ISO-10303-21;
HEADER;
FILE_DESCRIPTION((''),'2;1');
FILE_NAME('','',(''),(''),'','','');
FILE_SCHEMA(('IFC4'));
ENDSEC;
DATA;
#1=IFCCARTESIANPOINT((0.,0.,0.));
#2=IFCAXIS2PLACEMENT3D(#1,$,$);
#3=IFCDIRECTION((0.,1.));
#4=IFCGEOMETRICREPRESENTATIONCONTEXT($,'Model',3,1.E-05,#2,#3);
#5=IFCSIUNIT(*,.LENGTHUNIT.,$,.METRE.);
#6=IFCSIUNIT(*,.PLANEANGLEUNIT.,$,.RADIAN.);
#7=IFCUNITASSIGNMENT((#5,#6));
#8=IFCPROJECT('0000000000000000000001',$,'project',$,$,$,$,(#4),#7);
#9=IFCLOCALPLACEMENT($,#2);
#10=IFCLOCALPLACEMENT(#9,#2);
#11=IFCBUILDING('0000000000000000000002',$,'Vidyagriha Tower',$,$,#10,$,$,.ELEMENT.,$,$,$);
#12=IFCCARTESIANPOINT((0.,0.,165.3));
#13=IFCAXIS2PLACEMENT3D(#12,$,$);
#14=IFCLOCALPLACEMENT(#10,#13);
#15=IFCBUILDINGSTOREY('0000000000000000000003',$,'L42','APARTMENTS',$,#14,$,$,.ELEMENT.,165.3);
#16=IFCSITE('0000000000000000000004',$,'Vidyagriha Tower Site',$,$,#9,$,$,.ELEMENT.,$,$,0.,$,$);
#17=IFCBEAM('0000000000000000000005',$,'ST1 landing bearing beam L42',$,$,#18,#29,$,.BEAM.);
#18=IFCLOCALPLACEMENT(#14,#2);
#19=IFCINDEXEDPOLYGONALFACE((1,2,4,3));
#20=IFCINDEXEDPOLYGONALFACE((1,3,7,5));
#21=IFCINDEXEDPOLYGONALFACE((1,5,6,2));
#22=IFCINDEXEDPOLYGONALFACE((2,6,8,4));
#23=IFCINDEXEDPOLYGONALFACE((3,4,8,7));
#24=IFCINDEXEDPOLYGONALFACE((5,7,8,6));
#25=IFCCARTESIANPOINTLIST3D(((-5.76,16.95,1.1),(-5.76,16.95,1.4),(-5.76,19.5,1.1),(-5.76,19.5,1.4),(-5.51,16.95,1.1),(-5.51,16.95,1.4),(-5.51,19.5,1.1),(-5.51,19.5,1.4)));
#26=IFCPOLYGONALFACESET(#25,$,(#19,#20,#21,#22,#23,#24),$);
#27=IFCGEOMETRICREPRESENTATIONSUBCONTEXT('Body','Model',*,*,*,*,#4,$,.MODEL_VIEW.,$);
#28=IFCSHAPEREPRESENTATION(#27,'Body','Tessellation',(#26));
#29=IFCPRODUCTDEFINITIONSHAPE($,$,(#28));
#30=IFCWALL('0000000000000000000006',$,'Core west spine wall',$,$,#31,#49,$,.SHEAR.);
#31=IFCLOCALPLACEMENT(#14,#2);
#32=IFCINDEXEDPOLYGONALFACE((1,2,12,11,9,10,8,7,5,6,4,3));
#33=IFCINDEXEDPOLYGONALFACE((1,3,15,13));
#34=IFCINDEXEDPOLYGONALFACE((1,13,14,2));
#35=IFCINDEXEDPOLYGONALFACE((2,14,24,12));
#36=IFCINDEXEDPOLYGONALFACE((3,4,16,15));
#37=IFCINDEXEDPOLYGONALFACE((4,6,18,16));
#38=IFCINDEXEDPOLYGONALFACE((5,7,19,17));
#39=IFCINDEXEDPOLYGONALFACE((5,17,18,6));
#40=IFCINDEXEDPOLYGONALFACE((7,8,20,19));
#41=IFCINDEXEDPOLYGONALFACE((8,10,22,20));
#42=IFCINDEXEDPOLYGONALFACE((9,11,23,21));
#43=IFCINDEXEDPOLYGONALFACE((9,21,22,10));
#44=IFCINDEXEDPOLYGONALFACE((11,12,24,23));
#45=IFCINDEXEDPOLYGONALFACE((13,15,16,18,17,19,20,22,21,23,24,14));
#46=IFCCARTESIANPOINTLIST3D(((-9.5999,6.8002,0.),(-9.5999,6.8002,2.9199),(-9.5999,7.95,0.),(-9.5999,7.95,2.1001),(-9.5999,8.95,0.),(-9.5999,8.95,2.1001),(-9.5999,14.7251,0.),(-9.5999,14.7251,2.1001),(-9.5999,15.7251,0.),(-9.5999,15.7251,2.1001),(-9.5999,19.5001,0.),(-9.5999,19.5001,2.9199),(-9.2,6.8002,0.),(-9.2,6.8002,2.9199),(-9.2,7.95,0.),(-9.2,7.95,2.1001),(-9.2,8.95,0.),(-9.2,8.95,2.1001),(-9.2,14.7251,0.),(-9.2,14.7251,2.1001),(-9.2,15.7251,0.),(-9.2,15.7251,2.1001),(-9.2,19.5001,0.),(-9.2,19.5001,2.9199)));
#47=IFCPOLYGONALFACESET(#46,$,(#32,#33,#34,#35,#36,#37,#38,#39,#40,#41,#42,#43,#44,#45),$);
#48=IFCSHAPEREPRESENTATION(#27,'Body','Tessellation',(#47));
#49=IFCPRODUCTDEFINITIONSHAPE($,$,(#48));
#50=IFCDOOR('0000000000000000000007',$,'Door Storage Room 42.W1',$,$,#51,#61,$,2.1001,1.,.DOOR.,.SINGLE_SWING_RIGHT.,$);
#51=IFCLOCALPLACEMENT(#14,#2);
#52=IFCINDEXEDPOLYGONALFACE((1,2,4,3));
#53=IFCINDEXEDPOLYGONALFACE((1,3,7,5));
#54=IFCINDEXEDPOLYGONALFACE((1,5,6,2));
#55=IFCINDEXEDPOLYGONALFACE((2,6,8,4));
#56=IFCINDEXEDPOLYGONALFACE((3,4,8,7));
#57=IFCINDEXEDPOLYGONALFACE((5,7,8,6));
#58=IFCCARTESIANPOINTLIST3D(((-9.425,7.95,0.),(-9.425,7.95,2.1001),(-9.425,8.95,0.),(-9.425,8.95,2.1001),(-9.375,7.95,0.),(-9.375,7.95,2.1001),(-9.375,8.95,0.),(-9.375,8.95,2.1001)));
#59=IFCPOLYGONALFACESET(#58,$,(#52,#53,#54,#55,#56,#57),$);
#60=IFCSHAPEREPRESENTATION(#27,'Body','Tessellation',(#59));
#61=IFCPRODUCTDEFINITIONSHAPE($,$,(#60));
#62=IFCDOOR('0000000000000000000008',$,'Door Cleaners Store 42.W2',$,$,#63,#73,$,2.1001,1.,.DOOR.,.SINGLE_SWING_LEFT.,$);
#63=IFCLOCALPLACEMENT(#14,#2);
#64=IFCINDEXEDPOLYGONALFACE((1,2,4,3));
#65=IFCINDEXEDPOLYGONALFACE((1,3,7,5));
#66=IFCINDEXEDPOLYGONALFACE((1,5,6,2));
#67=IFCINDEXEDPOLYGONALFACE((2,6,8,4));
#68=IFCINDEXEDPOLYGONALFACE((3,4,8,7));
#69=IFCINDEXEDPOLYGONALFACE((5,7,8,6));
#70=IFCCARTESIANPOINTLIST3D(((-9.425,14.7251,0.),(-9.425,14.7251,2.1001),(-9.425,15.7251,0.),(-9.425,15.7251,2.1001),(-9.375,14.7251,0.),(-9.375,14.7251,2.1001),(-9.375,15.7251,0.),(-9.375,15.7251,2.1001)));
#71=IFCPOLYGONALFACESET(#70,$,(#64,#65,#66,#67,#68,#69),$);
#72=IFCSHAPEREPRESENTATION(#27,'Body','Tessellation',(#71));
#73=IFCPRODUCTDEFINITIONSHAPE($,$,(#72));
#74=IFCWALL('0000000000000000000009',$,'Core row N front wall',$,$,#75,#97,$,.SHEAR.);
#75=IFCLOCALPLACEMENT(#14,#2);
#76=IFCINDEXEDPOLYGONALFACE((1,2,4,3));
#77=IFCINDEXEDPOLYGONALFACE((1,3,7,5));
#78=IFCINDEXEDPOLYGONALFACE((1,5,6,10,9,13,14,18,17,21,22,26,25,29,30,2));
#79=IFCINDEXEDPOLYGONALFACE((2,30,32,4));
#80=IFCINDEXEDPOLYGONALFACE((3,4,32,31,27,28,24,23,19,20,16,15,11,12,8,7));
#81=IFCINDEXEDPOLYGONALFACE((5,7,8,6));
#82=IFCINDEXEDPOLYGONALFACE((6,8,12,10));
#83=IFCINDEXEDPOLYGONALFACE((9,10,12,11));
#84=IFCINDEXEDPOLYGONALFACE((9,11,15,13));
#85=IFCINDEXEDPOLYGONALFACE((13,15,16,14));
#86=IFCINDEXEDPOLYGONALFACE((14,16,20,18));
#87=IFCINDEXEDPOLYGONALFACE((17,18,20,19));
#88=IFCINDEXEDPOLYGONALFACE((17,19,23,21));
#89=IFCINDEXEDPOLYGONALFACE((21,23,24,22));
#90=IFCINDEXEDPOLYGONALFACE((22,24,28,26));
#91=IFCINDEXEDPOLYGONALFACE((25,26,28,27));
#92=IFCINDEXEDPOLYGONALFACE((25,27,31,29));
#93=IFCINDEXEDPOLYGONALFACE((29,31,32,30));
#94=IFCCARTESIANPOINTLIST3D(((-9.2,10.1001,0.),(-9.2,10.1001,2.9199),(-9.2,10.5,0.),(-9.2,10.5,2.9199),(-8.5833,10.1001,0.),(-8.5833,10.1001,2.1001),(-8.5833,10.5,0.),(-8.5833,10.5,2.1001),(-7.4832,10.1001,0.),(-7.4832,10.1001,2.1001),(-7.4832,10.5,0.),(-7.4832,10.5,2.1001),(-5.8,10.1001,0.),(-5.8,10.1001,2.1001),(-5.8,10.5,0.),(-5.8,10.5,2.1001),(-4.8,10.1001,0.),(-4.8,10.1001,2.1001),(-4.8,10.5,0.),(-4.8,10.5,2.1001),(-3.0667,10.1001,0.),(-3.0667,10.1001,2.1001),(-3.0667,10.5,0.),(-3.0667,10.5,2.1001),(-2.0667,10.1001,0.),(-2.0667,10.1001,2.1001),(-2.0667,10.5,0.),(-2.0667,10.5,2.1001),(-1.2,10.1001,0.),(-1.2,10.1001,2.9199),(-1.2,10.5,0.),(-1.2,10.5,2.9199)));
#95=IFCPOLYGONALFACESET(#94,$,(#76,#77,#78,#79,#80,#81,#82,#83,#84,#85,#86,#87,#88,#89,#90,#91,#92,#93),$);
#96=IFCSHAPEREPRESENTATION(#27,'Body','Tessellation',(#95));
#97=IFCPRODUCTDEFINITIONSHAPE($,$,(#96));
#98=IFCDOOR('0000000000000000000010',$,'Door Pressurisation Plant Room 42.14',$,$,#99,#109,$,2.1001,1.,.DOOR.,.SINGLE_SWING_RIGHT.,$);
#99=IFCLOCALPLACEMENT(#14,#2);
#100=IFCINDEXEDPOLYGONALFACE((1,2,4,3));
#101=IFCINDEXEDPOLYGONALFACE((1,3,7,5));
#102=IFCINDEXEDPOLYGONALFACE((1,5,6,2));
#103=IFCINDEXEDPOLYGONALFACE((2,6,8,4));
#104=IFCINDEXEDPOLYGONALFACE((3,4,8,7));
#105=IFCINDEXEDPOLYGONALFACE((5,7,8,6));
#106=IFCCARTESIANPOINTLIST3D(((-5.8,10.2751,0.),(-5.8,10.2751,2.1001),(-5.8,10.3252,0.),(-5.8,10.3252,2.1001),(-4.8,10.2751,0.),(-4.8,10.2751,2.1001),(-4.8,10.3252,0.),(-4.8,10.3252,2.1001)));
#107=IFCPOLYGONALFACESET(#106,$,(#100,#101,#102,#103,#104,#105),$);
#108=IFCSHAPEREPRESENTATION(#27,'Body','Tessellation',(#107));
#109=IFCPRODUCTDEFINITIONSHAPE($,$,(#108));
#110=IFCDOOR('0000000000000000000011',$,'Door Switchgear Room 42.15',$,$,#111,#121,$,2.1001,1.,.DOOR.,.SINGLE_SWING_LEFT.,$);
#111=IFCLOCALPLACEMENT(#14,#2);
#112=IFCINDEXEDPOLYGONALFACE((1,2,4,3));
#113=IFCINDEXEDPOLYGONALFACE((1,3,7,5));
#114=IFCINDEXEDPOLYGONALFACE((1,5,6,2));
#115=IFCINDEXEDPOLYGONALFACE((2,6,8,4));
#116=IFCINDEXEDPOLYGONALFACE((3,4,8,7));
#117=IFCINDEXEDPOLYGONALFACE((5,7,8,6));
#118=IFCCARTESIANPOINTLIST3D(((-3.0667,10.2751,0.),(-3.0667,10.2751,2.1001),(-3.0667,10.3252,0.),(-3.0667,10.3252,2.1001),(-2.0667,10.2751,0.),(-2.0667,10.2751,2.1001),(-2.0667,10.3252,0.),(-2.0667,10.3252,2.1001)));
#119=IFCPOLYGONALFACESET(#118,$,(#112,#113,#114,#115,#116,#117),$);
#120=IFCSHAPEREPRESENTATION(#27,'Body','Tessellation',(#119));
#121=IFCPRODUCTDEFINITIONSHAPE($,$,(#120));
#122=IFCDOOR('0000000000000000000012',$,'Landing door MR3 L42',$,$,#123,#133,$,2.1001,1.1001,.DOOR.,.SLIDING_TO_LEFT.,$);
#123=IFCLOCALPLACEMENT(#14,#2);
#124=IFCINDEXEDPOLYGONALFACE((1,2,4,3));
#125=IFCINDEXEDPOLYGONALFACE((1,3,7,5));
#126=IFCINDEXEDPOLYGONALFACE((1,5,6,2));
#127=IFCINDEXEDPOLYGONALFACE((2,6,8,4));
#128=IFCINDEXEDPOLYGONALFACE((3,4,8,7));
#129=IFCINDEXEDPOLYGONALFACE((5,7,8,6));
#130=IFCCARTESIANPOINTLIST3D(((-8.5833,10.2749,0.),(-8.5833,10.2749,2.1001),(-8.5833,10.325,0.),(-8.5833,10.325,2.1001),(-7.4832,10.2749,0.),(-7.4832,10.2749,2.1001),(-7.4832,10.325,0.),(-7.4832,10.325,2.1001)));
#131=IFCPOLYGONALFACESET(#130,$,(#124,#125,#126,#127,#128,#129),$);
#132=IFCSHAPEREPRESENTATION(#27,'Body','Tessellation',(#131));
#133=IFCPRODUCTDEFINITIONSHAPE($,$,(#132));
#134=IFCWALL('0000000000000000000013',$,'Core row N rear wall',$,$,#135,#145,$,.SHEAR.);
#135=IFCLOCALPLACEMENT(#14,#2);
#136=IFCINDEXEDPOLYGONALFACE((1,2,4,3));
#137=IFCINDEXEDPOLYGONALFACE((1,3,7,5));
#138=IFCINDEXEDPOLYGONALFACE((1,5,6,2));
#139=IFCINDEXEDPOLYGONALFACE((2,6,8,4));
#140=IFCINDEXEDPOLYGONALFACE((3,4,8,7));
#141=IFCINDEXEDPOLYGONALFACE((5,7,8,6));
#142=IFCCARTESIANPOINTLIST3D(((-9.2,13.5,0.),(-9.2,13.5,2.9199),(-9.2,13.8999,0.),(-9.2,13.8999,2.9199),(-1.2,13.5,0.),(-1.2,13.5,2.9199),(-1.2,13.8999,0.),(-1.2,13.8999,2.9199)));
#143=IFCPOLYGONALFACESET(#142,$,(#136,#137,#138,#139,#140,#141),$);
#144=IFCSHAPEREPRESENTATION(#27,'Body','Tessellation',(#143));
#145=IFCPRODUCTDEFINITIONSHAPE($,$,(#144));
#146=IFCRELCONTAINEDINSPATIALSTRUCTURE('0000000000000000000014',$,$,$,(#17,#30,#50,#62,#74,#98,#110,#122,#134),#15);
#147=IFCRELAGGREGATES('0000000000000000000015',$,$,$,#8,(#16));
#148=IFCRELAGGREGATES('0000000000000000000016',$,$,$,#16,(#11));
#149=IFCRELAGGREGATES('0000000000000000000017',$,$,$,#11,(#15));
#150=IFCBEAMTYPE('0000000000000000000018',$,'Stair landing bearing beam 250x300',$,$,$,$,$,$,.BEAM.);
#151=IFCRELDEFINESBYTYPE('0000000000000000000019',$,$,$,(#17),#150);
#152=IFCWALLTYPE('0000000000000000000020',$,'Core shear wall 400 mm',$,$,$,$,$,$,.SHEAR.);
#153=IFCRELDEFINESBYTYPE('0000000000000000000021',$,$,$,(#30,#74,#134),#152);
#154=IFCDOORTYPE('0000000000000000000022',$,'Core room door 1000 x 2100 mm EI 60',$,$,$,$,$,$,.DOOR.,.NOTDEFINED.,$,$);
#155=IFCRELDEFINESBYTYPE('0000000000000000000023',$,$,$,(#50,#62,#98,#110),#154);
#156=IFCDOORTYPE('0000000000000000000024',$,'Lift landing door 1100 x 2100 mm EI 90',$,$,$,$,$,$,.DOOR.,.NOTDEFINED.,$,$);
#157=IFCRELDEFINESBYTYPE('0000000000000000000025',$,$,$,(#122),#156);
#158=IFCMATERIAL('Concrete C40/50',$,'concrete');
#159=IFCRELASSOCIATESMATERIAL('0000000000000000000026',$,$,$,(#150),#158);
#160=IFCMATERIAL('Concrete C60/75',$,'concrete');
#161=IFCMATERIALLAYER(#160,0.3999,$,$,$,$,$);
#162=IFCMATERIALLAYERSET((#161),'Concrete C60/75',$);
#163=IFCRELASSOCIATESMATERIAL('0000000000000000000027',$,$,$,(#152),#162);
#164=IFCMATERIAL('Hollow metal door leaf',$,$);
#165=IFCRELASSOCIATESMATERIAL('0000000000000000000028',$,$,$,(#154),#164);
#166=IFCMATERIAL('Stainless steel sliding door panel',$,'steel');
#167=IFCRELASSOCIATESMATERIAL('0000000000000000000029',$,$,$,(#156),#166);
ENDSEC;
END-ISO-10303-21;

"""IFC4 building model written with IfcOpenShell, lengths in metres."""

from ifc_helpers import new_model, si_unit, direction, frame, frame_2d, origin, origin_2d, place, context, subcontext, project, spatial, rectangle, extrude, material, layer, layer_set, material_profile, profile_set, type_object, element, fill, save


model = new_model("IFC4")

# Units and contexts
model_context = context("Model", 3, precision=1e-05, world=origin(), true_north=direction((0.0, 1.0)))
body_context = subcontext(model_context, "Body", "Model", "MODEL_VIEW")
ifc_project = project(units=[si_unit("LENGTHUNIT", "METRE"), si_unit("PLANEANGLEUNIT", "RADIAN")], contexts=[model_context])

# Site, building, storey
site_placement = place(None, origin())
site = spatial("IfcSite", under=ifc_project, at=site_placement, Name="Vidyagriha Tower Site", CompositionType="ELEMENT", RefElevation=0.0)
building_placement = place(site_placement, origin())
building = spatial("IfcBuilding", under=site, at=building_placement, Name="Vidyagriha Tower", CompositionType="ELEMENT")
storey_placement = place(building_placement, frame((0.0, 0.0, 165.3)))
storey = spatial("IfcBuildingStorey", under=building, at=storey_placement, Name="L42", Description="APARTMENTS", CompositionType="ELEMENT", Elevation=165.3)

# Beam
ifc_material_1 = material(Name="Concrete C40/50", Category="concrete")
ifc_material_profile = material_profile(ifc_material_1, rectangle(XDim=0.25, YDim=0.3, at=origin_2d()), Name="Stair landing bearing beam 250x300")
ifc_profile_set = profile_set([ifc_material_profile], Name="Concrete C40/50")
beam_type = type_object("IfcBeamType", Name="Stair landing bearing beam 250x300", PredefinedType="BEAM", material=ifc_profile_set)
beam_placement = place(storey_placement, frame((-5.635, 16.95, 1.25), z_axis=(0.0, 1.0, 0.0), x_axis=(-1.0, 0.0, 0.0)))
element("IfcBeam", 1, at=beam_placement, inside=storey, type_object=beam_type, Name="ST1 landing bearing beam L42", PredefinedType="BEAM", context=body_context, shape_type="SweptSolid", body=[
    extrude(rectangle(XDim=0.25, YDim=0.3, at=origin_2d()), origin(), (0.0, 0.0, 1.0), 2.55),
])

# Walls, openings, doors
ifc_material_2 = material(Name="Concrete C60/75", Category="concrete")
ifc_layer_1 = layer(ifc_material_2, 0.3999)
ifc_layer_set_1 = layer_set([ifc_layer_1], Name="Concrete C60/75")
wall_type_1 = type_object("IfcWallType", Name="Core shear wall 400 mm", PredefinedType="SHEAR", material=ifc_layer_set_1)
wall_1_placement = place(storey_placement, frame((-9.3999, 6.8, 0.0), z_axis=(0.0, 0.0, 1.0), x_axis=(0.0, 1.0, 0.0)))
wall_1 = element("IfcWall", 2, at=wall_1_placement, inside=storey, type_object=wall_type_1, Name="Core west spine wall", PredefinedType="SHEAR", context=body_context, shape_type="SweptSolid", body=[
    extrude(rectangle(XDim=12.7, YDim=0.3999, at=frame_2d((6.3501, 0.0))), origin(), (0.0, 0.0, 1.0), 2.9199),
])
opening_1_placement = place(wall_1_placement, frame((1.1499, 0.0, 0.0)))
opening_1 = element("IfcOpeningElement", 3, at=opening_1_placement, cuts=wall_1, PredefinedType="OPENING", context=body_context, shape_type="SweptSolid", body=[
    extrude(rectangle(XDim=1.0, YDim=2.1001, at=frame_2d((0.5, 1.05))), frame((0.0, 0.21, 0.0), z_axis=(0.0, -1.0, 0.0), x_axis=(1.0, 0.0, 0.0)), (0.0, 0.0, 1.0), 0.4199),
])
opening_2_placement = place(wall_1_placement, frame((7.925, 0.0, 0.0)))
opening_2 = element("IfcOpeningElement", 4, at=opening_2_placement, cuts=wall_1, PredefinedType="OPENING", context=body_context, shape_type="SweptSolid", body=[
    extrude(rectangle(XDim=1.0, YDim=2.1001, at=frame_2d((0.5, 1.05))), frame((0.0, 0.21, 0.0), z_axis=(0.0, -1.0, 0.0), x_axis=(1.0, 0.0, 0.0)), (0.0, 0.0, 1.0), 0.4199),
])
ifc_material_3 = material(Name="Hollow metal door leaf")
door_type_1 = type_object("IfcDoorType", Name="Core room door 1000 x 2100 mm EI 60", OperationType="NOTDEFINED", PredefinedType="DOOR", material=ifc_material_3)
door_1_placement = place(opening_1_placement, frame((1.0, 0.0, 0.0), z_axis=(0.0, 0.0, 1.0), x_axis=(-1.0, 0.0, 0.0)))
door_1 = element("IfcDoor", 5, at=door_1_placement, inside=storey, type_object=door_type_1, Name="Door Storage Room 42.W1", OperationType="SINGLE_SWING_RIGHT", OverallHeight=2.1001, OverallWidth=1.0, PredefinedType="DOOR", context=body_context, shape_type="SweptSolid", body=[
    extrude(rectangle(XDim=1.0, YDim=2.1001, at=frame_2d((0.5, 1.05))), frame((0.0, 0.0249, 0.0), z_axis=(0.0, -1.0, 0.0), x_axis=(1.0, 0.0, 0.0)), (0.0, 0.0, 1.0), 0.05),
])
fill(opening_1, door_1)
door_2_placement = place(opening_2_placement, frame((1.0, 0.0, 0.0), z_axis=(0.0, 0.0, 1.0), x_axis=(-1.0, 0.0, 0.0)))
door_2 = element("IfcDoor", 6, at=door_2_placement, inside=storey, type_object=door_type_1, Name="Door Cleaners Store 42.W2", OperationType="SINGLE_SWING_LEFT", OverallHeight=2.1001, OverallWidth=1.0, PredefinedType="DOOR", context=body_context, shape_type="SweptSolid", body=[
    extrude(rectangle(XDim=1.0, YDim=2.1001, at=frame_2d((0.5, 1.05))), frame((0.0, 0.0249, 0.0), z_axis=(0.0, -1.0, 0.0), x_axis=(1.0, 0.0, 0.0)), (0.0, 0.0, 1.0), 0.05),
])
fill(opening_2, door_2)
wall_2_placement = place(storey_placement, frame((-9.2, 10.3, 0.0)))
wall_2 = element("IfcWall", 7, at=wall_2_placement, inside=storey, type_object=wall_type_1, Name="Core row N front wall", PredefinedType="SHEAR", context=body_context, shape_type="SweptSolid", body=[
    extrude(rectangle(XDim=8.0, YDim=0.3999, at=frame_2d((4.0, 0.0))), origin(), (0.0, 0.0, 1.0), 2.9199),
])
opening_3_placement = place(wall_2_placement, frame((0.6167, 0.0, 0.0)))
opening_3 = element("IfcOpeningElement", 8, at=opening_3_placement, cuts=wall_2, PredefinedType="OPENING", context=body_context, shape_type="SweptSolid", body=[
    extrude(rectangle(XDim=1.1001, YDim=2.1001, at=frame_2d((0.55, 1.05))), frame((0.0, 0.21, 0.0), z_axis=(0.0, -1.0, 0.0), x_axis=(1.0, 0.0, 0.0)), (0.0, 0.0, 1.0), 0.4199),
])
opening_4_placement = place(wall_2_placement, frame((3.3999, 0.0, 0.0)))
opening_4 = element("IfcOpeningElement", 9, at=opening_4_placement, cuts=wall_2, PredefinedType="OPENING", context=body_context, shape_type="SweptSolid", body=[
    extrude(rectangle(XDim=1.0, YDim=2.1001, at=frame_2d((0.5, 1.05))), frame((0.0, 0.21, 0.0), z_axis=(0.0, -1.0, 0.0), x_axis=(1.0, 0.0, 0.0)), (0.0, 0.0, 1.0), 0.4199),
])
opening_5_placement = place(wall_2_placement, frame((6.1333, 0.0, 0.0)))
opening_5 = element("IfcOpeningElement", 10, at=opening_5_placement, cuts=wall_2, PredefinedType="OPENING", context=body_context, shape_type="SweptSolid", body=[
    extrude(rectangle(XDim=1.0, YDim=2.1001, at=frame_2d((0.5, 1.05))), frame((0.0, 0.21, 0.0), z_axis=(0.0, -1.0, 0.0), x_axis=(1.0, 0.0, 0.0)), (0.0, 0.0, 1.0), 0.4199),
])
door_3_placement = place(opening_4_placement, frame((1.0, 0.0, 0.0), z_axis=(0.0, 0.0, 1.0), x_axis=(-1.0, 0.0, 0.0)))
door_3 = element("IfcDoor", 11, at=door_3_placement, inside=storey, type_object=door_type_1, Name="Door Pressurisation Plant Room 42.14", OperationType="SINGLE_SWING_RIGHT", OverallHeight=2.1001, OverallWidth=1.0, PredefinedType="DOOR", context=body_context, shape_type="SweptSolid", body=[
    extrude(rectangle(XDim=1.0, YDim=2.1001, at=frame_2d((0.5, 1.05))), frame((0.0, 0.0249, 0.0), z_axis=(0.0, -1.0, 0.0), x_axis=(1.0, 0.0, 0.0)), (0.0, 0.0, 1.0), 0.05),
])
fill(opening_4, door_3)
door_4_placement = place(opening_5_placement, frame((1.0, 0.0, 0.0), z_axis=(0.0, 0.0, 1.0), x_axis=(-1.0, 0.0, 0.0)))
door_4 = element("IfcDoor", 12, at=door_4_placement, inside=storey, type_object=door_type_1, Name="Door Switchgear Room 42.15", OperationType="SINGLE_SWING_LEFT", OverallHeight=2.1001, OverallWidth=1.0, PredefinedType="DOOR", context=body_context, shape_type="SweptSolid", body=[
    extrude(rectangle(XDim=1.0, YDim=2.1001, at=frame_2d((0.5, 1.05))), frame((0.0, 0.0249, 0.0), z_axis=(0.0, -1.0, 0.0), x_axis=(1.0, 0.0, 0.0)), (0.0, 0.0, 1.0), 0.05),
])
fill(opening_5, door_4)
ifc_material_4 = material(Name="Stainless steel sliding door panel", Category="steel")
door_type_2 = type_object("IfcDoorType", Name="Lift landing door 1100 x 2100 mm EI 90", OperationType="NOTDEFINED", PredefinedType="DOOR", material=ifc_material_4)
door_5_placement = place(opening_3_placement, origin())
door_5 = element("IfcDoor", 13, at=door_5_placement, inside=storey, type_object=door_type_2, Name="Landing door MR3 L42", OperationType="SLIDING_TO_LEFT", OverallHeight=2.1001, OverallWidth=1.1001, PredefinedType="DOOR", context=body_context, shape_type="SweptSolid", body=[
    extrude(rectangle(XDim=1.1001, YDim=2.1001, at=frame_2d((0.55, 1.05))), frame((0.0, 0.0249, 0.0), z_axis=(0.0, -1.0, 0.0), x_axis=(1.0, 0.0, 0.0)), (0.0, 0.0, 1.0), 0.05),
])
fill(opening_3, door_5)

# Wall
wall_3_placement = place(storey_placement, frame((-9.2, 13.7, 0.0)))
element("IfcWall", 14, at=wall_3_placement, inside=storey, type_object=wall_type_1, Name="Core row N rear wall", PredefinedType="SHEAR", context=body_context, shape_type="SweptSolid", body=[
    extrude(rectangle(XDim=8.0, YDim=0.3999, at=frame_2d((4.0, 0.0))), origin(), (0.0, 0.0, 1.0), 2.9199),
])

save(model, "model.ifc")
